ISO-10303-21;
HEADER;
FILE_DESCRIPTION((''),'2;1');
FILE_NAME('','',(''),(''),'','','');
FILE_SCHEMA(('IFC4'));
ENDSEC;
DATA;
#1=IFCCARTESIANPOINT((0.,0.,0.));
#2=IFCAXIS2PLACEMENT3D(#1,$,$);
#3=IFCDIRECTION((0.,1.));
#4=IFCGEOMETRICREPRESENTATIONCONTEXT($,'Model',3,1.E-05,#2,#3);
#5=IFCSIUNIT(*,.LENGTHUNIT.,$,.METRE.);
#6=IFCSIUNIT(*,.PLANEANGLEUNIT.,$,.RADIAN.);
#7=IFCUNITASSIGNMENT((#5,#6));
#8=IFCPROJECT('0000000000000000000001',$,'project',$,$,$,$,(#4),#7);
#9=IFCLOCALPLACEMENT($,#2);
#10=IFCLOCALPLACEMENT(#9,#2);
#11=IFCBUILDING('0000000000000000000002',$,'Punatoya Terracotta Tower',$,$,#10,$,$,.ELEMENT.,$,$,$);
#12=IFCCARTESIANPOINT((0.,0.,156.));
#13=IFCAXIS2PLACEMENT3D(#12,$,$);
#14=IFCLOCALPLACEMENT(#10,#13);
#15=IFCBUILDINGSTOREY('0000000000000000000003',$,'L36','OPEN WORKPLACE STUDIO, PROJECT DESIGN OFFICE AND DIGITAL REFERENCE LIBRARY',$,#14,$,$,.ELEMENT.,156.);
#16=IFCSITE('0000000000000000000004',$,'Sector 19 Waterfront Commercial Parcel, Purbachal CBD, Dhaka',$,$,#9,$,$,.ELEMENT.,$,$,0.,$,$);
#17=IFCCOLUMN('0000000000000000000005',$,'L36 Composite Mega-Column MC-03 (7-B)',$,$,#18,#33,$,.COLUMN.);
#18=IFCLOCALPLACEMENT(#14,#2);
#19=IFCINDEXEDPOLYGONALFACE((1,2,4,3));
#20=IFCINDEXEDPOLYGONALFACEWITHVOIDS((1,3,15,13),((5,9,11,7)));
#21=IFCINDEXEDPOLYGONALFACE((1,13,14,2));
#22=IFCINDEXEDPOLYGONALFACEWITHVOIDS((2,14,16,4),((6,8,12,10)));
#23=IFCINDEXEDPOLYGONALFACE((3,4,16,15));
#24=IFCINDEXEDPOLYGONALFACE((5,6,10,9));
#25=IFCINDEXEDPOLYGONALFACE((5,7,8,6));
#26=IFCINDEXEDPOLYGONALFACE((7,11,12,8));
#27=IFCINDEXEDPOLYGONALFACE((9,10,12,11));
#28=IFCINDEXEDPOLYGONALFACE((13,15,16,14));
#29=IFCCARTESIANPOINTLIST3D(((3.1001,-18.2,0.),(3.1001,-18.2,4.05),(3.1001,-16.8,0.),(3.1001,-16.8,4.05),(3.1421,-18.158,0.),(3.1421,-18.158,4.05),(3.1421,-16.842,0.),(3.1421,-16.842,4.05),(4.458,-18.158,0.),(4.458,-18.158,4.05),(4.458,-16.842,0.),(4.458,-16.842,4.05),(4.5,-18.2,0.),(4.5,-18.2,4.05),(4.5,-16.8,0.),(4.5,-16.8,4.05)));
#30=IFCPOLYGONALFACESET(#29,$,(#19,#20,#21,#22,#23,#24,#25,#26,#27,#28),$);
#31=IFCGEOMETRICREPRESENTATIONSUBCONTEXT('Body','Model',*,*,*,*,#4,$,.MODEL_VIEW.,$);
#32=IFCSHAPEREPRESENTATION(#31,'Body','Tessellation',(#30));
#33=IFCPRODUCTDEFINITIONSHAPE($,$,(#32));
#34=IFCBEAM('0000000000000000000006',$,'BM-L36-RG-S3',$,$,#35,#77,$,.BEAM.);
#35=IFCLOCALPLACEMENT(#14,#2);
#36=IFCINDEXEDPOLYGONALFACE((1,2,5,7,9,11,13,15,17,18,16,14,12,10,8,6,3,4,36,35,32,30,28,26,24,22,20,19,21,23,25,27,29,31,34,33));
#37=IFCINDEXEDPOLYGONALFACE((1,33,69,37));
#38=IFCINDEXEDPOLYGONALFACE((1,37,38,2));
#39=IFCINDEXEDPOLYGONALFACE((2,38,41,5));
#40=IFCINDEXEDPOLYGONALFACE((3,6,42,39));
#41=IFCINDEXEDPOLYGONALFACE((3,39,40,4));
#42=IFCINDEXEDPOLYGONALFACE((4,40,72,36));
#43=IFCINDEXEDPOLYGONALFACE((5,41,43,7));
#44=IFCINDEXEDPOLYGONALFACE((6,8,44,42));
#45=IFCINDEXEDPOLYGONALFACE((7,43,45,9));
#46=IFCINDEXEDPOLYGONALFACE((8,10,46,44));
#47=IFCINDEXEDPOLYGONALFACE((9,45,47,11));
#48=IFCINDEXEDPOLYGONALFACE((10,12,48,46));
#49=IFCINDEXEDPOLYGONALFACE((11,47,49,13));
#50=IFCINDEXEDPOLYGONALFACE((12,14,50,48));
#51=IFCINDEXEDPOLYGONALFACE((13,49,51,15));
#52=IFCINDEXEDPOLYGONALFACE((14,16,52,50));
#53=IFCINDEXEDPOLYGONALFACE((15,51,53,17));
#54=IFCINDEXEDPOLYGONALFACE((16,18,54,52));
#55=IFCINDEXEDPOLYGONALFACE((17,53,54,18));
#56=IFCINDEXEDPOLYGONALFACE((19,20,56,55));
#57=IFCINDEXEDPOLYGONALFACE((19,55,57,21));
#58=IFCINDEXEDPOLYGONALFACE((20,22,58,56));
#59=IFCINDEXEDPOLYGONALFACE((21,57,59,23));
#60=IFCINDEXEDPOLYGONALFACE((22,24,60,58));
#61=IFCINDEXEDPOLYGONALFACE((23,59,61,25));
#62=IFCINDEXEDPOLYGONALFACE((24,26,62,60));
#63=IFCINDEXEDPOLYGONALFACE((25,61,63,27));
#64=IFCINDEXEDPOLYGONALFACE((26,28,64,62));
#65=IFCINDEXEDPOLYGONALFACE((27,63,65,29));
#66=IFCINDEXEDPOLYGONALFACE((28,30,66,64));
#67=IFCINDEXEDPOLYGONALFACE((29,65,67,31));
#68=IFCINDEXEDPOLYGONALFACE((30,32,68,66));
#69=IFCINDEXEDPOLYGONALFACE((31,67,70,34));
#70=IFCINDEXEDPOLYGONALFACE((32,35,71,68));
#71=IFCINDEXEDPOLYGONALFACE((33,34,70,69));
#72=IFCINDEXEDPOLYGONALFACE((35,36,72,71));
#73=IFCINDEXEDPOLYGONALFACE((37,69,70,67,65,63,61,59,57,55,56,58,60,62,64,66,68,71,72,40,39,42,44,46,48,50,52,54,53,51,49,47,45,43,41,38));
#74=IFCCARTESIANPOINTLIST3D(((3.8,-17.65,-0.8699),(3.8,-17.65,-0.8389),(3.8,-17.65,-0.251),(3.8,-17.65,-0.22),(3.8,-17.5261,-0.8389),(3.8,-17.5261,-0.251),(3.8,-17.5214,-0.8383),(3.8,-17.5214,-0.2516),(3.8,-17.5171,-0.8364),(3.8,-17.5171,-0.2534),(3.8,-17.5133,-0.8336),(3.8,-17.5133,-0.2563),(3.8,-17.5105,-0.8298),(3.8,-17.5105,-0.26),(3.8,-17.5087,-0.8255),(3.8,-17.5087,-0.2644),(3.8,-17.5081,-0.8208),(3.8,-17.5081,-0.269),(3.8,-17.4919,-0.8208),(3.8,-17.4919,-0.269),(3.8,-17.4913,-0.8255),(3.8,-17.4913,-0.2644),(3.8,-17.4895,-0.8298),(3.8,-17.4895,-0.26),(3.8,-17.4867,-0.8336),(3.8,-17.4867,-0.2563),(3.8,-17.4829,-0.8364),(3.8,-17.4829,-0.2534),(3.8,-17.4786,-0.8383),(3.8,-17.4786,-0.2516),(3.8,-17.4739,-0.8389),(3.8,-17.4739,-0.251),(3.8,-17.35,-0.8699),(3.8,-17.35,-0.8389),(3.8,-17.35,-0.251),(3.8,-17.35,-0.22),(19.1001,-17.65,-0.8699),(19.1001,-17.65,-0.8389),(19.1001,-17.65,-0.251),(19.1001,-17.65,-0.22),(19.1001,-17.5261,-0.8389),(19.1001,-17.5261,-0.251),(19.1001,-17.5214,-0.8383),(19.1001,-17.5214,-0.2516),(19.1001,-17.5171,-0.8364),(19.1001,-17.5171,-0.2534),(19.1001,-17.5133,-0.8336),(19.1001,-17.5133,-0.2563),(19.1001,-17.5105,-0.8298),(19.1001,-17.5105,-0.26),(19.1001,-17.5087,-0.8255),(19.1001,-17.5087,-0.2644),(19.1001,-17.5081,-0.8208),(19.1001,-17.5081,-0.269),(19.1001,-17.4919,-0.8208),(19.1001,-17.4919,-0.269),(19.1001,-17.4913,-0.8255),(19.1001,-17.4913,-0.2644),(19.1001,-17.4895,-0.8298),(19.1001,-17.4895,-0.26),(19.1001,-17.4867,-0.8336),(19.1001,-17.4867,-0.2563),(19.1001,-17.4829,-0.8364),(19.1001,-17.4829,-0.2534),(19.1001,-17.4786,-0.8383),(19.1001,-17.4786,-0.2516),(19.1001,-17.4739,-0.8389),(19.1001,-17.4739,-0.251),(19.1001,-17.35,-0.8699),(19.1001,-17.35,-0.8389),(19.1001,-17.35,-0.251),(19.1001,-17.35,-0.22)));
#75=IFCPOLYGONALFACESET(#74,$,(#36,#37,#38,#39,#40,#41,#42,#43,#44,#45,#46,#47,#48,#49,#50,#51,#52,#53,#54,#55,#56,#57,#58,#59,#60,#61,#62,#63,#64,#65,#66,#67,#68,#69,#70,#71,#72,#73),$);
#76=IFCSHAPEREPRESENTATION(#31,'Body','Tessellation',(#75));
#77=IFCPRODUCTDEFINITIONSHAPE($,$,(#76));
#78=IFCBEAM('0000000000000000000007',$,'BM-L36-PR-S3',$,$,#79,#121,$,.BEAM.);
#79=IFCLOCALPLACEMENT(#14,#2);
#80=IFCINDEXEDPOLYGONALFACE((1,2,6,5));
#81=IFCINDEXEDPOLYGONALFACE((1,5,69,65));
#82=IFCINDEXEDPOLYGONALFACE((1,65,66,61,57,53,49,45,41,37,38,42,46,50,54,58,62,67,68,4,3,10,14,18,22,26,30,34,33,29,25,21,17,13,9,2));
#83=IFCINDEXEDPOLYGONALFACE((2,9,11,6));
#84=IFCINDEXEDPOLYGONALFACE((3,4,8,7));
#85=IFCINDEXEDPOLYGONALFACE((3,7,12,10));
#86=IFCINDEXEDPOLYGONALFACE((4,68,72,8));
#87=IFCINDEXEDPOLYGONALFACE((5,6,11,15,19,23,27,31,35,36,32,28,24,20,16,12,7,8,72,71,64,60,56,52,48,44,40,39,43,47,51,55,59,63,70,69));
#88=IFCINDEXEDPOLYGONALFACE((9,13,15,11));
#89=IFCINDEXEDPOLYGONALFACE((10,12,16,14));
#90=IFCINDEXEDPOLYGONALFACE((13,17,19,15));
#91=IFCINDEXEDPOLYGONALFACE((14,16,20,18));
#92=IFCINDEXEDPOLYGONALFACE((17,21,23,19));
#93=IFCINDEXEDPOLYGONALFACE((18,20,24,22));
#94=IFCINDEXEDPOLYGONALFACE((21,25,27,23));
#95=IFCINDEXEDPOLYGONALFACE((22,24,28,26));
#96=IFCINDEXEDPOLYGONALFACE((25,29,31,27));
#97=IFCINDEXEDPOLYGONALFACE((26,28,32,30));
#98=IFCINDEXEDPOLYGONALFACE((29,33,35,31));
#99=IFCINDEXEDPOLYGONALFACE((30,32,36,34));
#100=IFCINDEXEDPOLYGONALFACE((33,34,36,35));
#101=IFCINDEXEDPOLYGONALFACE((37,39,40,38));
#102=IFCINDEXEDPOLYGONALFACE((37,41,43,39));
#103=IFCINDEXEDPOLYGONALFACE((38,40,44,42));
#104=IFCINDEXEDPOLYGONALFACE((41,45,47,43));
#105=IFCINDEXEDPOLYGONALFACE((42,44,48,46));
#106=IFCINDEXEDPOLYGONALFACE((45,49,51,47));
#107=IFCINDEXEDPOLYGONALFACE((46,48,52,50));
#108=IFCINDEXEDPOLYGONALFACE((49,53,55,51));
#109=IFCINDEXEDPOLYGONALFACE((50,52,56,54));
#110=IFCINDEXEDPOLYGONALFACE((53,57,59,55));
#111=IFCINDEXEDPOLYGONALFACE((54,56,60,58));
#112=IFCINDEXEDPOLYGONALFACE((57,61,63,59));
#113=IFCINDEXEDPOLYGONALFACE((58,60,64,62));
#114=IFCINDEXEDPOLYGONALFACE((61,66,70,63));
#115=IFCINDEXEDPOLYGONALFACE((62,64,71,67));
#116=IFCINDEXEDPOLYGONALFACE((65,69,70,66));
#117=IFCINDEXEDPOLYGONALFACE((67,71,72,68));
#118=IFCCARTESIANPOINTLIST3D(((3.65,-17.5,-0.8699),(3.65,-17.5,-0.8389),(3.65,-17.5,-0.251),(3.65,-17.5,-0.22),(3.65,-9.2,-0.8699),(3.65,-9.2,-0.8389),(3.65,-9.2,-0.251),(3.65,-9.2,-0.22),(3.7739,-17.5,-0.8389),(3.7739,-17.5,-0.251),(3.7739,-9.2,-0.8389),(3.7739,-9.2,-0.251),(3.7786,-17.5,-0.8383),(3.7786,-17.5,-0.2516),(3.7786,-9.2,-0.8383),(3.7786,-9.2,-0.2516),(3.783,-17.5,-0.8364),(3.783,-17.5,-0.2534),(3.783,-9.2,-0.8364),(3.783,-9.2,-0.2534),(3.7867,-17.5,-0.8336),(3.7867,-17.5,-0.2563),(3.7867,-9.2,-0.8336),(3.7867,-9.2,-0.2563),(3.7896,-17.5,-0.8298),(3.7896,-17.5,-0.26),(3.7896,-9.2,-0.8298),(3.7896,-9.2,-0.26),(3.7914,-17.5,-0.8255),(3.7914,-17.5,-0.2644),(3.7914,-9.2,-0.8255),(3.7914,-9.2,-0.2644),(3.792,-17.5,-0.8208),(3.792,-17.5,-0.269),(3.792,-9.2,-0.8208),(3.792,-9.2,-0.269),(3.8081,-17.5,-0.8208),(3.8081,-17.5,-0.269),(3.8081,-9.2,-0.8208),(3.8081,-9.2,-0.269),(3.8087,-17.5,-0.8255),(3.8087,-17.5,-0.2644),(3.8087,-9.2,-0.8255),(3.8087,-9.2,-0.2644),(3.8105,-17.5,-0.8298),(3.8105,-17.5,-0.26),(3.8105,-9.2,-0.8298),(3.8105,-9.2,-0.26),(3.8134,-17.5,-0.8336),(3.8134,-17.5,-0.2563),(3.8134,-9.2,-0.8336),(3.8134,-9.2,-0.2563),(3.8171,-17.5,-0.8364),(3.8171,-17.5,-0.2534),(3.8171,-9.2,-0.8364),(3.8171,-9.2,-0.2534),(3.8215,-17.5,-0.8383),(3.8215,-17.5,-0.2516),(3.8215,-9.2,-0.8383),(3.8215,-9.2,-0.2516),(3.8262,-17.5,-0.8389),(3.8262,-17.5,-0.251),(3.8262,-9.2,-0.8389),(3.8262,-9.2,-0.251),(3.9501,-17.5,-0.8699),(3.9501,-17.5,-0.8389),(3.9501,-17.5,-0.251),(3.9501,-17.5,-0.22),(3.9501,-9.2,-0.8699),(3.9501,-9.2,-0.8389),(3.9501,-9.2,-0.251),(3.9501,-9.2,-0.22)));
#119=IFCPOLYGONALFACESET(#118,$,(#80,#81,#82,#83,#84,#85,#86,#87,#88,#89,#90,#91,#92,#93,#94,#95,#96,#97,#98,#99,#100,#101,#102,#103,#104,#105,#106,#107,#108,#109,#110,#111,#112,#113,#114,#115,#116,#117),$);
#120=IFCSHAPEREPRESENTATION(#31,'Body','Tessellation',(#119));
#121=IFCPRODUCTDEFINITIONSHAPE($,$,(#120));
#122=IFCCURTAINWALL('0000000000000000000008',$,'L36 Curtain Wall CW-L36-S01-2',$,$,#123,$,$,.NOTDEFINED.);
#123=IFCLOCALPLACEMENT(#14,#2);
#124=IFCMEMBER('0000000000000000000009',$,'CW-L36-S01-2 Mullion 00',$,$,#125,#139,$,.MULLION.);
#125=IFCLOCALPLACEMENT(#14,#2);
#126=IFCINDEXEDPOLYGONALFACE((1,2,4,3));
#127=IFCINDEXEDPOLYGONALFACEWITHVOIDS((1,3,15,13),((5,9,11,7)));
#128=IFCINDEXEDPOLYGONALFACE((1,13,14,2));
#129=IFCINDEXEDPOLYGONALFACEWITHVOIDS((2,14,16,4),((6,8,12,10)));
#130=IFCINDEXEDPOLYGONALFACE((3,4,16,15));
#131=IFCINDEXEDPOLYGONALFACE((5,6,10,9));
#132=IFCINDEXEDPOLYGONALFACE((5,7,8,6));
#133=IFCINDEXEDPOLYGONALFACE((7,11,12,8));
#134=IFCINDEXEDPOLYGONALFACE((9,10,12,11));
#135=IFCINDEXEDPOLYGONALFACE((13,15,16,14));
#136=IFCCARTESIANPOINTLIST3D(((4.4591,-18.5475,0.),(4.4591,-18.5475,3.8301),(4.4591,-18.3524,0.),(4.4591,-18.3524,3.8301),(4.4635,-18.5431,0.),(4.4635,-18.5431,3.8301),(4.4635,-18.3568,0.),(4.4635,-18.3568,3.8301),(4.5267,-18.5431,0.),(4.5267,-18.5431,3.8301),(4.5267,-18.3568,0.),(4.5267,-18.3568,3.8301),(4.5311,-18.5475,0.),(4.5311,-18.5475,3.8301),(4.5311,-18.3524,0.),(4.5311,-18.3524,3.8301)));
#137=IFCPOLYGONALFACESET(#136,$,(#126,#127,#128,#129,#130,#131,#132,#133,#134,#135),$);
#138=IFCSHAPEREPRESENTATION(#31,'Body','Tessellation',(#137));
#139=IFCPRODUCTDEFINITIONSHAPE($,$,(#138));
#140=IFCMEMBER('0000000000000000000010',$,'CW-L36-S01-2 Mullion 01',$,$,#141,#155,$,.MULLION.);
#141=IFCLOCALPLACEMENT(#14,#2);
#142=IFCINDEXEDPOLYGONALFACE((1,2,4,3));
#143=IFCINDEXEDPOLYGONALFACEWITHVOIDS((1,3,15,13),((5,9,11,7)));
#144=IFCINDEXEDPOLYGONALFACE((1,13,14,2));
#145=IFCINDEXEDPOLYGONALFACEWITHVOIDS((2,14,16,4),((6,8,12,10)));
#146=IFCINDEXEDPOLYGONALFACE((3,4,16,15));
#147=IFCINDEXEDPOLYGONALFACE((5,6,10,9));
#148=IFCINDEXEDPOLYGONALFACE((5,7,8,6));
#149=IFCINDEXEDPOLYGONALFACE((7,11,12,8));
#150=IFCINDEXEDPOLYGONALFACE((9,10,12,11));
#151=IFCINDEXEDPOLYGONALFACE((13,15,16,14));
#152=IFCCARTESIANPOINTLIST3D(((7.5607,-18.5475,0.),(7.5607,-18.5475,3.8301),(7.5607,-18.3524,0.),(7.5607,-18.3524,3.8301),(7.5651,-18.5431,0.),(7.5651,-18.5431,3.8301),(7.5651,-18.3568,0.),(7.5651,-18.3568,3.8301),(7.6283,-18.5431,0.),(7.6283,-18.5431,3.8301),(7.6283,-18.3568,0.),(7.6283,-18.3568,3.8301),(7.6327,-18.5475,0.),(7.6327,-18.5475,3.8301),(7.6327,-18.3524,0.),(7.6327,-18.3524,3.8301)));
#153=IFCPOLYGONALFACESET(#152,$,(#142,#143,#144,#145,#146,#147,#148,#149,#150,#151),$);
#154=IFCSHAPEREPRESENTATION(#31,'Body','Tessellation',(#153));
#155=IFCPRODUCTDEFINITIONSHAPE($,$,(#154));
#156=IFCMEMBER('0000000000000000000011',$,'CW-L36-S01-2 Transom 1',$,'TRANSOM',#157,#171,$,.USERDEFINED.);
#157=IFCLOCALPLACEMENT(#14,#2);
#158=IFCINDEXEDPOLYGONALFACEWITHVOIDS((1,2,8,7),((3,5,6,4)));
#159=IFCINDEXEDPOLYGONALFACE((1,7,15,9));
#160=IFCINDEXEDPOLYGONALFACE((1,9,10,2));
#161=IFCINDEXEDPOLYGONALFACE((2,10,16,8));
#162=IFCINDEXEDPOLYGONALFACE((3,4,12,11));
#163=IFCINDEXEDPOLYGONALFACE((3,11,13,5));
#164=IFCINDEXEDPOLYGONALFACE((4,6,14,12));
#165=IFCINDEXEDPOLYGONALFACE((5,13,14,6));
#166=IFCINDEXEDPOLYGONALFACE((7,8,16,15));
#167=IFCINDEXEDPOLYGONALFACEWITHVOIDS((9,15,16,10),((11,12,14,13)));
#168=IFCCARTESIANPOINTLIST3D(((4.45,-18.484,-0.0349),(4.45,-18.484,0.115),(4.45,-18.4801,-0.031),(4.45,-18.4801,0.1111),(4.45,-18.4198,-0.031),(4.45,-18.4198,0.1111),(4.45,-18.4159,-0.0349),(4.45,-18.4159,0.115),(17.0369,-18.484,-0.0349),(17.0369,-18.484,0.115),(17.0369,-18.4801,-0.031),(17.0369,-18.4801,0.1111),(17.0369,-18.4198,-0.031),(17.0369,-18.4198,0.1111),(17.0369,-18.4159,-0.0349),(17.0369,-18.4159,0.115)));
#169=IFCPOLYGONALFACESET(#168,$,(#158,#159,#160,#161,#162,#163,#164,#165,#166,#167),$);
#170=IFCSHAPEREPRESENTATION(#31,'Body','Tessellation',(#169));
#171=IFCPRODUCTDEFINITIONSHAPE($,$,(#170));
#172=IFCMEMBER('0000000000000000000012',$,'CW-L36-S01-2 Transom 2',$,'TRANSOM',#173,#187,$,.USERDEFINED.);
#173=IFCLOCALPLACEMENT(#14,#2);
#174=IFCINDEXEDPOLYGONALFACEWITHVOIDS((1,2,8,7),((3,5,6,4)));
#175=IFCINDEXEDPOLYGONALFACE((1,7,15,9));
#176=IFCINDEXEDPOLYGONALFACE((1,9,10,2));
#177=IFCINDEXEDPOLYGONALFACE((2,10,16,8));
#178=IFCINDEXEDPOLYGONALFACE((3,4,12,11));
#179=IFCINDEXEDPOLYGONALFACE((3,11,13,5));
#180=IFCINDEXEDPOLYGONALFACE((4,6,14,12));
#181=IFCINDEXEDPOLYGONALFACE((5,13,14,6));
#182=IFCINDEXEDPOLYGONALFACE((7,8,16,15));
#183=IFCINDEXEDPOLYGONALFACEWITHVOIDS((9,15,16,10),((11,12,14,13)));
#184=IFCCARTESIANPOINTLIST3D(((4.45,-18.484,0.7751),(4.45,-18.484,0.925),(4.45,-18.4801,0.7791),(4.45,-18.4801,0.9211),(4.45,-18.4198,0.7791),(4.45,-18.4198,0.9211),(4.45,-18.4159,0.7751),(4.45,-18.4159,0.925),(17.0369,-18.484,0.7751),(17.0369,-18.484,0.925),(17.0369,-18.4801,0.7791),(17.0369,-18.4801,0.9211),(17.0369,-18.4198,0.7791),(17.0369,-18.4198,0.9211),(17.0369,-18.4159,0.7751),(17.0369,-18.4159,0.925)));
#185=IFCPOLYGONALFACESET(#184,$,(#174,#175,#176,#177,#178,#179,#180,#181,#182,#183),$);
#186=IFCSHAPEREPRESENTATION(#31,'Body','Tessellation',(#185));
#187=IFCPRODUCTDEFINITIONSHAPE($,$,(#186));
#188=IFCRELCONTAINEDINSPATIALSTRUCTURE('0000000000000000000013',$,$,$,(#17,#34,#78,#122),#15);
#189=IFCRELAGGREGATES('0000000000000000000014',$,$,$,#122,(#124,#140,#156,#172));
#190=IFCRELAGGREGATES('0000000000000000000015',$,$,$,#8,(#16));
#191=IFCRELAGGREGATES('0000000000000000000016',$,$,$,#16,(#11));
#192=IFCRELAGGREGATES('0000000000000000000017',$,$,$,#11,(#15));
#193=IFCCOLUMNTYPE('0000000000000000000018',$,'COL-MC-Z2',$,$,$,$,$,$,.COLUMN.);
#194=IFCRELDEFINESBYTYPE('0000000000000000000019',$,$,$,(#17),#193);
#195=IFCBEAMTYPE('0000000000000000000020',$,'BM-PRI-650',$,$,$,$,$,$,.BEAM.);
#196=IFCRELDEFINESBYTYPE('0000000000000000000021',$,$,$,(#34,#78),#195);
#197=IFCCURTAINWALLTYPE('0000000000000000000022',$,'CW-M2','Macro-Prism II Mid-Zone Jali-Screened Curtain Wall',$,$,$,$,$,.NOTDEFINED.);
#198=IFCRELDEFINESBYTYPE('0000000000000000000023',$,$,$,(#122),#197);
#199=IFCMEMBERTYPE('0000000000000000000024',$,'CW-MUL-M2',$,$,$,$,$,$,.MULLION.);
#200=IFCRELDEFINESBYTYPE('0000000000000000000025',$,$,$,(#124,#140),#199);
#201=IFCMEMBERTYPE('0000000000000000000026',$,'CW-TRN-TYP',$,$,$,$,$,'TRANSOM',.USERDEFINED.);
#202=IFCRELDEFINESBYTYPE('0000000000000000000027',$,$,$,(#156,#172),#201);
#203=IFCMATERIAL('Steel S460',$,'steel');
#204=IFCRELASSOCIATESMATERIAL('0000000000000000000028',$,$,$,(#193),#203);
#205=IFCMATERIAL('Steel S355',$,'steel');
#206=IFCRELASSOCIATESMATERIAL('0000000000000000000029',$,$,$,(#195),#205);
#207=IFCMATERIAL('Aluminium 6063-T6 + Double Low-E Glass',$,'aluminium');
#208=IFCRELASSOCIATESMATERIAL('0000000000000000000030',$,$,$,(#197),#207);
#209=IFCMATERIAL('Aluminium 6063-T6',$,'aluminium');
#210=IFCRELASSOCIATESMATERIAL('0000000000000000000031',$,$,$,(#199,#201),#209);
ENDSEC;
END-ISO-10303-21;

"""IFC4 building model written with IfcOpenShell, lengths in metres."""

from ifc_helpers import new_model, si_unit, direction, frame, origin, origin_2d, place, context, subcontext, project, spatial, hollow_rectangle, i_section, extrude, material, material_profile, profile_set, type_object, element, aggregate, save


model = new_model("IFC4")

# Units and contexts
model_context = context("Model", 3, precision=1e-05, world=origin(), true_north=direction((0.0, 1.0)))
body_context = subcontext(model_context, "Body", "Model", "MODEL_VIEW")
ifc_project = project(units=[si_unit("LENGTHUNIT", "METRE"), si_unit("PLANEANGLEUNIT", "RADIAN")], contexts=[model_context])

# Site, building, storey
site_placement = place(None, origin())
site = spatial("IfcSite", under=ifc_project, at=site_placement, Name="Sector 19 Waterfront Commercial Parcel, Purbachal CBD, Dhaka", CompositionType="ELEMENT", RefElevation=0.0)
building_placement = place(site_placement, origin())
building = spatial("IfcBuilding", under=site, at=building_placement, Name="Punatoya Terracotta Tower", CompositionType="ELEMENT")
storey_placement = place(building_placement, frame((0.0, 0.0, 156.0)))
storey = spatial("IfcBuildingStorey", under=building, at=storey_placement, Name="L36", Description="OPEN WORKPLACE STUDIO, PROJECT DESIGN OFFICE AND DIGITAL REFERENCE LIBRARY", CompositionType="ELEMENT", Elevation=156.0)

# Column
ifc_material_1 = material(Name="Steel S460", Category="steel")
ifc_material_profile_1 = material_profile(ifc_material_1, hollow_rectangle(XDim=1.3999, YDim=1.3999, WallThickness=0.042, at=origin_2d()))
ifc_profile_set_1 = profile_set([ifc_material_profile_1], Name="Steel S460")
column_type = type_object("IfcColumnType", Name="COL-MC-Z2", PredefinedType="COLUMN", material=ifc_profile_set_1)
column_placement = place(storey_placement, frame((3.8, -17.5, 0.0), z_axis=(0.0, 0.0, 1.0), x_axis=(1.0, 0.0, 0.0)))
element("IfcColumn", 1, at=column_placement, inside=storey, type_object=column_type, Name="L36 Composite Mega-Column MC-03 (7-B)", PredefinedType="COLUMN", context=body_context, shape_type="SweptSolid", body=[
    extrude(hollow_rectangle(XDim=1.3999, YDim=1.3999, WallThickness=0.042, at=origin_2d()), origin(), (0.0, 0.0, 1.0), 4.05),
])

# Beams
ifc_material_2 = material(Name="Steel S355", Category="steel")
ifc_material_profile_2 = material_profile(ifc_material_2, i_section(OverallWidth=0.3, OverallDepth=0.6499, WebThickness=0.0161, FlangeThickness=0.031, FilletRadius=0.0181, at=origin_2d()))
ifc_profile_set_2 = profile_set([ifc_material_profile_2], Name="Steel S355")
beam_type = type_object("IfcBeamType", Name="BM-PRI-650", PredefinedType="BEAM", material=ifc_profile_set_2)
beam_1_placement = place(storey_placement, frame((3.8, -17.5, -0.5449), z_axis=(1.0, 0.0, 0.0), x_axis=(0.0, 1.0, 0.0)))
element("IfcBeam", 2, at=beam_1_placement, inside=storey, type_object=beam_type, Name="BM-L36-RG-S3", PredefinedType="BEAM", context=body_context, shape_type="SweptSolid", body=[
    extrude(i_section(OverallWidth=0.3, OverallDepth=0.6499, WebThickness=0.0161, FlangeThickness=0.031, FilletRadius=0.0181, at=origin_2d()), origin(), (0.0, 0.0, 1.0), 15.3),
])
beam_2_placement = place(storey_placement, frame((3.8, -17.5, -0.5449), z_axis=(0.0, 1.0, 0.0), x_axis=(-1.0, 0.0, 0.0)))
element("IfcBeam", 3, at=beam_2_placement, inside=storey, type_object=beam_type, Name="BM-L36-PR-S3", PredefinedType="BEAM", context=body_context, shape_type="SweptSolid", body=[
    extrude(i_section(OverallWidth=0.3, OverallDepth=0.6499, WebThickness=0.0161, FlangeThickness=0.031, FilletRadius=0.0181, at=origin_2d()), origin(), (0.0, 0.0, 1.0), 8.3),
])

# Curtain wall, members
ifc_material_3 = material(Name="Aluminium 6063-T6 + Double Low-E Glass", Category="aluminium")
curtain_wall_type = type_object("IfcCurtainWallType", Name="CW-M2", Description="Macro-Prism II Mid-Zone Jali-Screened Curtain Wall", PredefinedType="NOTDEFINED", material=ifc_material_3)
curtain_wall_placement = place(storey_placement, origin())
curtain_wall = element("IfcCurtainWall", 4, at=curtain_wall_placement, inside=storey, type_object=curtain_wall_type, Name="L36 Curtain Wall CW-L36-S01-2", PredefinedType="NOTDEFINED")
ifc_material_4 = material(Name="Aluminium 6063-T6", Category="aluminium")
ifc_material_profile_3 = material_profile(ifc_material_4, hollow_rectangle(XDim=0.072, YDim=0.1951, WallThickness=0.0044, at=origin_2d()))
ifc_profile_set_3 = profile_set([ifc_material_profile_3], Name="Aluminium 6063-T6")
member_type_1 = type_object("IfcMemberType", Name="CW-MUL-M2", PredefinedType="MULLION", material=ifc_profile_set_3)
member_1_placement = place(storey_placement, frame((4.4951, -18.45, 0.0), z_axis=(0.0, 0.0, 1.0), x_axis=(1.0, 0.0, 0.0)))
member_1 = element("IfcMember", 5, at=member_1_placement, type_object=member_type_1, Name="CW-L36-S01-2 Mullion 00", PredefinedType="MULLION", context=body_context, shape_type="SweptSolid", body=[
    extrude(hollow_rectangle(XDim=0.072, YDim=0.1951, WallThickness=0.0044, at=origin_2d()), origin(), (0.0, 0.0, 1.0), 3.8301),
])
member_2_placement = place(storey_placement, frame((7.5967, -18.45, 0.0), z_axis=(0.0, 0.0, 1.0), x_axis=(1.0, 0.0, 0.0)))
member_2 = element("IfcMember", 6, at=member_2_placement, type_object=member_type_1, Name="CW-L36-S01-2 Mullion 01", PredefinedType="MULLION", context=body_context, shape_type="SweptSolid", body=[
    extrude(hollow_rectangle(XDim=0.072, YDim=0.1951, WallThickness=0.0044, at=origin_2d()), origin(), (0.0, 0.0, 1.0), 3.8301),
])
ifc_material_profile_4 = material_profile(ifc_material_4, hollow_rectangle(XDim=0.0681, YDim=0.1499, WallThickness=0.0039, at=origin_2d()))
ifc_profile_set_4 = profile_set([ifc_material_profile_4], Name="Aluminium 6063-T6")
member_type_2 = type_object("IfcMemberType", Name="CW-TRN-TYP", ElementType="TRANSOM", PredefinedType="USERDEFINED", material=ifc_profile_set_4)
member_3_placement = place(storey_placement, frame((4.45, -18.45, 0.04), z_axis=(1.0, 0.0, 0.0), x_axis=(0.0, 1.0, 0.0)))
member_3 = element("IfcMember", 7, at=member_3_placement, type_object=member_type_2, Name="CW-L36-S01-2 Transom 1", ObjectType="TRANSOM", PredefinedType="USERDEFINED", context=body_context, shape_type="SweptSolid", body=[
    extrude(hollow_rectangle(XDim=0.0681, YDim=0.1499, WallThickness=0.0039, at=origin_2d()), origin(), (0.0, 0.0, 1.0), 12.5869),
])
member_4_placement = place(storey_placement, frame((4.45, -18.45, 0.8501), z_axis=(1.0, 0.0, 0.0), x_axis=(0.0, 1.0, 0.0)))
member_4 = element("IfcMember", 8, at=member_4_placement, type_object=member_type_2, Name="CW-L36-S01-2 Transom 2", ObjectType="TRANSOM", PredefinedType="USERDEFINED", context=body_context, shape_type="SweptSolid", body=[
    extrude(hollow_rectangle(XDim=0.0681, YDim=0.1499, WallThickness=0.0039, at=origin_2d()), origin(), (0.0, 0.0, 1.0), 12.5869),
])

aggregate(curtain_wall, [member_1, member_2, member_3, member_4])

save(model, "model.ifc")
